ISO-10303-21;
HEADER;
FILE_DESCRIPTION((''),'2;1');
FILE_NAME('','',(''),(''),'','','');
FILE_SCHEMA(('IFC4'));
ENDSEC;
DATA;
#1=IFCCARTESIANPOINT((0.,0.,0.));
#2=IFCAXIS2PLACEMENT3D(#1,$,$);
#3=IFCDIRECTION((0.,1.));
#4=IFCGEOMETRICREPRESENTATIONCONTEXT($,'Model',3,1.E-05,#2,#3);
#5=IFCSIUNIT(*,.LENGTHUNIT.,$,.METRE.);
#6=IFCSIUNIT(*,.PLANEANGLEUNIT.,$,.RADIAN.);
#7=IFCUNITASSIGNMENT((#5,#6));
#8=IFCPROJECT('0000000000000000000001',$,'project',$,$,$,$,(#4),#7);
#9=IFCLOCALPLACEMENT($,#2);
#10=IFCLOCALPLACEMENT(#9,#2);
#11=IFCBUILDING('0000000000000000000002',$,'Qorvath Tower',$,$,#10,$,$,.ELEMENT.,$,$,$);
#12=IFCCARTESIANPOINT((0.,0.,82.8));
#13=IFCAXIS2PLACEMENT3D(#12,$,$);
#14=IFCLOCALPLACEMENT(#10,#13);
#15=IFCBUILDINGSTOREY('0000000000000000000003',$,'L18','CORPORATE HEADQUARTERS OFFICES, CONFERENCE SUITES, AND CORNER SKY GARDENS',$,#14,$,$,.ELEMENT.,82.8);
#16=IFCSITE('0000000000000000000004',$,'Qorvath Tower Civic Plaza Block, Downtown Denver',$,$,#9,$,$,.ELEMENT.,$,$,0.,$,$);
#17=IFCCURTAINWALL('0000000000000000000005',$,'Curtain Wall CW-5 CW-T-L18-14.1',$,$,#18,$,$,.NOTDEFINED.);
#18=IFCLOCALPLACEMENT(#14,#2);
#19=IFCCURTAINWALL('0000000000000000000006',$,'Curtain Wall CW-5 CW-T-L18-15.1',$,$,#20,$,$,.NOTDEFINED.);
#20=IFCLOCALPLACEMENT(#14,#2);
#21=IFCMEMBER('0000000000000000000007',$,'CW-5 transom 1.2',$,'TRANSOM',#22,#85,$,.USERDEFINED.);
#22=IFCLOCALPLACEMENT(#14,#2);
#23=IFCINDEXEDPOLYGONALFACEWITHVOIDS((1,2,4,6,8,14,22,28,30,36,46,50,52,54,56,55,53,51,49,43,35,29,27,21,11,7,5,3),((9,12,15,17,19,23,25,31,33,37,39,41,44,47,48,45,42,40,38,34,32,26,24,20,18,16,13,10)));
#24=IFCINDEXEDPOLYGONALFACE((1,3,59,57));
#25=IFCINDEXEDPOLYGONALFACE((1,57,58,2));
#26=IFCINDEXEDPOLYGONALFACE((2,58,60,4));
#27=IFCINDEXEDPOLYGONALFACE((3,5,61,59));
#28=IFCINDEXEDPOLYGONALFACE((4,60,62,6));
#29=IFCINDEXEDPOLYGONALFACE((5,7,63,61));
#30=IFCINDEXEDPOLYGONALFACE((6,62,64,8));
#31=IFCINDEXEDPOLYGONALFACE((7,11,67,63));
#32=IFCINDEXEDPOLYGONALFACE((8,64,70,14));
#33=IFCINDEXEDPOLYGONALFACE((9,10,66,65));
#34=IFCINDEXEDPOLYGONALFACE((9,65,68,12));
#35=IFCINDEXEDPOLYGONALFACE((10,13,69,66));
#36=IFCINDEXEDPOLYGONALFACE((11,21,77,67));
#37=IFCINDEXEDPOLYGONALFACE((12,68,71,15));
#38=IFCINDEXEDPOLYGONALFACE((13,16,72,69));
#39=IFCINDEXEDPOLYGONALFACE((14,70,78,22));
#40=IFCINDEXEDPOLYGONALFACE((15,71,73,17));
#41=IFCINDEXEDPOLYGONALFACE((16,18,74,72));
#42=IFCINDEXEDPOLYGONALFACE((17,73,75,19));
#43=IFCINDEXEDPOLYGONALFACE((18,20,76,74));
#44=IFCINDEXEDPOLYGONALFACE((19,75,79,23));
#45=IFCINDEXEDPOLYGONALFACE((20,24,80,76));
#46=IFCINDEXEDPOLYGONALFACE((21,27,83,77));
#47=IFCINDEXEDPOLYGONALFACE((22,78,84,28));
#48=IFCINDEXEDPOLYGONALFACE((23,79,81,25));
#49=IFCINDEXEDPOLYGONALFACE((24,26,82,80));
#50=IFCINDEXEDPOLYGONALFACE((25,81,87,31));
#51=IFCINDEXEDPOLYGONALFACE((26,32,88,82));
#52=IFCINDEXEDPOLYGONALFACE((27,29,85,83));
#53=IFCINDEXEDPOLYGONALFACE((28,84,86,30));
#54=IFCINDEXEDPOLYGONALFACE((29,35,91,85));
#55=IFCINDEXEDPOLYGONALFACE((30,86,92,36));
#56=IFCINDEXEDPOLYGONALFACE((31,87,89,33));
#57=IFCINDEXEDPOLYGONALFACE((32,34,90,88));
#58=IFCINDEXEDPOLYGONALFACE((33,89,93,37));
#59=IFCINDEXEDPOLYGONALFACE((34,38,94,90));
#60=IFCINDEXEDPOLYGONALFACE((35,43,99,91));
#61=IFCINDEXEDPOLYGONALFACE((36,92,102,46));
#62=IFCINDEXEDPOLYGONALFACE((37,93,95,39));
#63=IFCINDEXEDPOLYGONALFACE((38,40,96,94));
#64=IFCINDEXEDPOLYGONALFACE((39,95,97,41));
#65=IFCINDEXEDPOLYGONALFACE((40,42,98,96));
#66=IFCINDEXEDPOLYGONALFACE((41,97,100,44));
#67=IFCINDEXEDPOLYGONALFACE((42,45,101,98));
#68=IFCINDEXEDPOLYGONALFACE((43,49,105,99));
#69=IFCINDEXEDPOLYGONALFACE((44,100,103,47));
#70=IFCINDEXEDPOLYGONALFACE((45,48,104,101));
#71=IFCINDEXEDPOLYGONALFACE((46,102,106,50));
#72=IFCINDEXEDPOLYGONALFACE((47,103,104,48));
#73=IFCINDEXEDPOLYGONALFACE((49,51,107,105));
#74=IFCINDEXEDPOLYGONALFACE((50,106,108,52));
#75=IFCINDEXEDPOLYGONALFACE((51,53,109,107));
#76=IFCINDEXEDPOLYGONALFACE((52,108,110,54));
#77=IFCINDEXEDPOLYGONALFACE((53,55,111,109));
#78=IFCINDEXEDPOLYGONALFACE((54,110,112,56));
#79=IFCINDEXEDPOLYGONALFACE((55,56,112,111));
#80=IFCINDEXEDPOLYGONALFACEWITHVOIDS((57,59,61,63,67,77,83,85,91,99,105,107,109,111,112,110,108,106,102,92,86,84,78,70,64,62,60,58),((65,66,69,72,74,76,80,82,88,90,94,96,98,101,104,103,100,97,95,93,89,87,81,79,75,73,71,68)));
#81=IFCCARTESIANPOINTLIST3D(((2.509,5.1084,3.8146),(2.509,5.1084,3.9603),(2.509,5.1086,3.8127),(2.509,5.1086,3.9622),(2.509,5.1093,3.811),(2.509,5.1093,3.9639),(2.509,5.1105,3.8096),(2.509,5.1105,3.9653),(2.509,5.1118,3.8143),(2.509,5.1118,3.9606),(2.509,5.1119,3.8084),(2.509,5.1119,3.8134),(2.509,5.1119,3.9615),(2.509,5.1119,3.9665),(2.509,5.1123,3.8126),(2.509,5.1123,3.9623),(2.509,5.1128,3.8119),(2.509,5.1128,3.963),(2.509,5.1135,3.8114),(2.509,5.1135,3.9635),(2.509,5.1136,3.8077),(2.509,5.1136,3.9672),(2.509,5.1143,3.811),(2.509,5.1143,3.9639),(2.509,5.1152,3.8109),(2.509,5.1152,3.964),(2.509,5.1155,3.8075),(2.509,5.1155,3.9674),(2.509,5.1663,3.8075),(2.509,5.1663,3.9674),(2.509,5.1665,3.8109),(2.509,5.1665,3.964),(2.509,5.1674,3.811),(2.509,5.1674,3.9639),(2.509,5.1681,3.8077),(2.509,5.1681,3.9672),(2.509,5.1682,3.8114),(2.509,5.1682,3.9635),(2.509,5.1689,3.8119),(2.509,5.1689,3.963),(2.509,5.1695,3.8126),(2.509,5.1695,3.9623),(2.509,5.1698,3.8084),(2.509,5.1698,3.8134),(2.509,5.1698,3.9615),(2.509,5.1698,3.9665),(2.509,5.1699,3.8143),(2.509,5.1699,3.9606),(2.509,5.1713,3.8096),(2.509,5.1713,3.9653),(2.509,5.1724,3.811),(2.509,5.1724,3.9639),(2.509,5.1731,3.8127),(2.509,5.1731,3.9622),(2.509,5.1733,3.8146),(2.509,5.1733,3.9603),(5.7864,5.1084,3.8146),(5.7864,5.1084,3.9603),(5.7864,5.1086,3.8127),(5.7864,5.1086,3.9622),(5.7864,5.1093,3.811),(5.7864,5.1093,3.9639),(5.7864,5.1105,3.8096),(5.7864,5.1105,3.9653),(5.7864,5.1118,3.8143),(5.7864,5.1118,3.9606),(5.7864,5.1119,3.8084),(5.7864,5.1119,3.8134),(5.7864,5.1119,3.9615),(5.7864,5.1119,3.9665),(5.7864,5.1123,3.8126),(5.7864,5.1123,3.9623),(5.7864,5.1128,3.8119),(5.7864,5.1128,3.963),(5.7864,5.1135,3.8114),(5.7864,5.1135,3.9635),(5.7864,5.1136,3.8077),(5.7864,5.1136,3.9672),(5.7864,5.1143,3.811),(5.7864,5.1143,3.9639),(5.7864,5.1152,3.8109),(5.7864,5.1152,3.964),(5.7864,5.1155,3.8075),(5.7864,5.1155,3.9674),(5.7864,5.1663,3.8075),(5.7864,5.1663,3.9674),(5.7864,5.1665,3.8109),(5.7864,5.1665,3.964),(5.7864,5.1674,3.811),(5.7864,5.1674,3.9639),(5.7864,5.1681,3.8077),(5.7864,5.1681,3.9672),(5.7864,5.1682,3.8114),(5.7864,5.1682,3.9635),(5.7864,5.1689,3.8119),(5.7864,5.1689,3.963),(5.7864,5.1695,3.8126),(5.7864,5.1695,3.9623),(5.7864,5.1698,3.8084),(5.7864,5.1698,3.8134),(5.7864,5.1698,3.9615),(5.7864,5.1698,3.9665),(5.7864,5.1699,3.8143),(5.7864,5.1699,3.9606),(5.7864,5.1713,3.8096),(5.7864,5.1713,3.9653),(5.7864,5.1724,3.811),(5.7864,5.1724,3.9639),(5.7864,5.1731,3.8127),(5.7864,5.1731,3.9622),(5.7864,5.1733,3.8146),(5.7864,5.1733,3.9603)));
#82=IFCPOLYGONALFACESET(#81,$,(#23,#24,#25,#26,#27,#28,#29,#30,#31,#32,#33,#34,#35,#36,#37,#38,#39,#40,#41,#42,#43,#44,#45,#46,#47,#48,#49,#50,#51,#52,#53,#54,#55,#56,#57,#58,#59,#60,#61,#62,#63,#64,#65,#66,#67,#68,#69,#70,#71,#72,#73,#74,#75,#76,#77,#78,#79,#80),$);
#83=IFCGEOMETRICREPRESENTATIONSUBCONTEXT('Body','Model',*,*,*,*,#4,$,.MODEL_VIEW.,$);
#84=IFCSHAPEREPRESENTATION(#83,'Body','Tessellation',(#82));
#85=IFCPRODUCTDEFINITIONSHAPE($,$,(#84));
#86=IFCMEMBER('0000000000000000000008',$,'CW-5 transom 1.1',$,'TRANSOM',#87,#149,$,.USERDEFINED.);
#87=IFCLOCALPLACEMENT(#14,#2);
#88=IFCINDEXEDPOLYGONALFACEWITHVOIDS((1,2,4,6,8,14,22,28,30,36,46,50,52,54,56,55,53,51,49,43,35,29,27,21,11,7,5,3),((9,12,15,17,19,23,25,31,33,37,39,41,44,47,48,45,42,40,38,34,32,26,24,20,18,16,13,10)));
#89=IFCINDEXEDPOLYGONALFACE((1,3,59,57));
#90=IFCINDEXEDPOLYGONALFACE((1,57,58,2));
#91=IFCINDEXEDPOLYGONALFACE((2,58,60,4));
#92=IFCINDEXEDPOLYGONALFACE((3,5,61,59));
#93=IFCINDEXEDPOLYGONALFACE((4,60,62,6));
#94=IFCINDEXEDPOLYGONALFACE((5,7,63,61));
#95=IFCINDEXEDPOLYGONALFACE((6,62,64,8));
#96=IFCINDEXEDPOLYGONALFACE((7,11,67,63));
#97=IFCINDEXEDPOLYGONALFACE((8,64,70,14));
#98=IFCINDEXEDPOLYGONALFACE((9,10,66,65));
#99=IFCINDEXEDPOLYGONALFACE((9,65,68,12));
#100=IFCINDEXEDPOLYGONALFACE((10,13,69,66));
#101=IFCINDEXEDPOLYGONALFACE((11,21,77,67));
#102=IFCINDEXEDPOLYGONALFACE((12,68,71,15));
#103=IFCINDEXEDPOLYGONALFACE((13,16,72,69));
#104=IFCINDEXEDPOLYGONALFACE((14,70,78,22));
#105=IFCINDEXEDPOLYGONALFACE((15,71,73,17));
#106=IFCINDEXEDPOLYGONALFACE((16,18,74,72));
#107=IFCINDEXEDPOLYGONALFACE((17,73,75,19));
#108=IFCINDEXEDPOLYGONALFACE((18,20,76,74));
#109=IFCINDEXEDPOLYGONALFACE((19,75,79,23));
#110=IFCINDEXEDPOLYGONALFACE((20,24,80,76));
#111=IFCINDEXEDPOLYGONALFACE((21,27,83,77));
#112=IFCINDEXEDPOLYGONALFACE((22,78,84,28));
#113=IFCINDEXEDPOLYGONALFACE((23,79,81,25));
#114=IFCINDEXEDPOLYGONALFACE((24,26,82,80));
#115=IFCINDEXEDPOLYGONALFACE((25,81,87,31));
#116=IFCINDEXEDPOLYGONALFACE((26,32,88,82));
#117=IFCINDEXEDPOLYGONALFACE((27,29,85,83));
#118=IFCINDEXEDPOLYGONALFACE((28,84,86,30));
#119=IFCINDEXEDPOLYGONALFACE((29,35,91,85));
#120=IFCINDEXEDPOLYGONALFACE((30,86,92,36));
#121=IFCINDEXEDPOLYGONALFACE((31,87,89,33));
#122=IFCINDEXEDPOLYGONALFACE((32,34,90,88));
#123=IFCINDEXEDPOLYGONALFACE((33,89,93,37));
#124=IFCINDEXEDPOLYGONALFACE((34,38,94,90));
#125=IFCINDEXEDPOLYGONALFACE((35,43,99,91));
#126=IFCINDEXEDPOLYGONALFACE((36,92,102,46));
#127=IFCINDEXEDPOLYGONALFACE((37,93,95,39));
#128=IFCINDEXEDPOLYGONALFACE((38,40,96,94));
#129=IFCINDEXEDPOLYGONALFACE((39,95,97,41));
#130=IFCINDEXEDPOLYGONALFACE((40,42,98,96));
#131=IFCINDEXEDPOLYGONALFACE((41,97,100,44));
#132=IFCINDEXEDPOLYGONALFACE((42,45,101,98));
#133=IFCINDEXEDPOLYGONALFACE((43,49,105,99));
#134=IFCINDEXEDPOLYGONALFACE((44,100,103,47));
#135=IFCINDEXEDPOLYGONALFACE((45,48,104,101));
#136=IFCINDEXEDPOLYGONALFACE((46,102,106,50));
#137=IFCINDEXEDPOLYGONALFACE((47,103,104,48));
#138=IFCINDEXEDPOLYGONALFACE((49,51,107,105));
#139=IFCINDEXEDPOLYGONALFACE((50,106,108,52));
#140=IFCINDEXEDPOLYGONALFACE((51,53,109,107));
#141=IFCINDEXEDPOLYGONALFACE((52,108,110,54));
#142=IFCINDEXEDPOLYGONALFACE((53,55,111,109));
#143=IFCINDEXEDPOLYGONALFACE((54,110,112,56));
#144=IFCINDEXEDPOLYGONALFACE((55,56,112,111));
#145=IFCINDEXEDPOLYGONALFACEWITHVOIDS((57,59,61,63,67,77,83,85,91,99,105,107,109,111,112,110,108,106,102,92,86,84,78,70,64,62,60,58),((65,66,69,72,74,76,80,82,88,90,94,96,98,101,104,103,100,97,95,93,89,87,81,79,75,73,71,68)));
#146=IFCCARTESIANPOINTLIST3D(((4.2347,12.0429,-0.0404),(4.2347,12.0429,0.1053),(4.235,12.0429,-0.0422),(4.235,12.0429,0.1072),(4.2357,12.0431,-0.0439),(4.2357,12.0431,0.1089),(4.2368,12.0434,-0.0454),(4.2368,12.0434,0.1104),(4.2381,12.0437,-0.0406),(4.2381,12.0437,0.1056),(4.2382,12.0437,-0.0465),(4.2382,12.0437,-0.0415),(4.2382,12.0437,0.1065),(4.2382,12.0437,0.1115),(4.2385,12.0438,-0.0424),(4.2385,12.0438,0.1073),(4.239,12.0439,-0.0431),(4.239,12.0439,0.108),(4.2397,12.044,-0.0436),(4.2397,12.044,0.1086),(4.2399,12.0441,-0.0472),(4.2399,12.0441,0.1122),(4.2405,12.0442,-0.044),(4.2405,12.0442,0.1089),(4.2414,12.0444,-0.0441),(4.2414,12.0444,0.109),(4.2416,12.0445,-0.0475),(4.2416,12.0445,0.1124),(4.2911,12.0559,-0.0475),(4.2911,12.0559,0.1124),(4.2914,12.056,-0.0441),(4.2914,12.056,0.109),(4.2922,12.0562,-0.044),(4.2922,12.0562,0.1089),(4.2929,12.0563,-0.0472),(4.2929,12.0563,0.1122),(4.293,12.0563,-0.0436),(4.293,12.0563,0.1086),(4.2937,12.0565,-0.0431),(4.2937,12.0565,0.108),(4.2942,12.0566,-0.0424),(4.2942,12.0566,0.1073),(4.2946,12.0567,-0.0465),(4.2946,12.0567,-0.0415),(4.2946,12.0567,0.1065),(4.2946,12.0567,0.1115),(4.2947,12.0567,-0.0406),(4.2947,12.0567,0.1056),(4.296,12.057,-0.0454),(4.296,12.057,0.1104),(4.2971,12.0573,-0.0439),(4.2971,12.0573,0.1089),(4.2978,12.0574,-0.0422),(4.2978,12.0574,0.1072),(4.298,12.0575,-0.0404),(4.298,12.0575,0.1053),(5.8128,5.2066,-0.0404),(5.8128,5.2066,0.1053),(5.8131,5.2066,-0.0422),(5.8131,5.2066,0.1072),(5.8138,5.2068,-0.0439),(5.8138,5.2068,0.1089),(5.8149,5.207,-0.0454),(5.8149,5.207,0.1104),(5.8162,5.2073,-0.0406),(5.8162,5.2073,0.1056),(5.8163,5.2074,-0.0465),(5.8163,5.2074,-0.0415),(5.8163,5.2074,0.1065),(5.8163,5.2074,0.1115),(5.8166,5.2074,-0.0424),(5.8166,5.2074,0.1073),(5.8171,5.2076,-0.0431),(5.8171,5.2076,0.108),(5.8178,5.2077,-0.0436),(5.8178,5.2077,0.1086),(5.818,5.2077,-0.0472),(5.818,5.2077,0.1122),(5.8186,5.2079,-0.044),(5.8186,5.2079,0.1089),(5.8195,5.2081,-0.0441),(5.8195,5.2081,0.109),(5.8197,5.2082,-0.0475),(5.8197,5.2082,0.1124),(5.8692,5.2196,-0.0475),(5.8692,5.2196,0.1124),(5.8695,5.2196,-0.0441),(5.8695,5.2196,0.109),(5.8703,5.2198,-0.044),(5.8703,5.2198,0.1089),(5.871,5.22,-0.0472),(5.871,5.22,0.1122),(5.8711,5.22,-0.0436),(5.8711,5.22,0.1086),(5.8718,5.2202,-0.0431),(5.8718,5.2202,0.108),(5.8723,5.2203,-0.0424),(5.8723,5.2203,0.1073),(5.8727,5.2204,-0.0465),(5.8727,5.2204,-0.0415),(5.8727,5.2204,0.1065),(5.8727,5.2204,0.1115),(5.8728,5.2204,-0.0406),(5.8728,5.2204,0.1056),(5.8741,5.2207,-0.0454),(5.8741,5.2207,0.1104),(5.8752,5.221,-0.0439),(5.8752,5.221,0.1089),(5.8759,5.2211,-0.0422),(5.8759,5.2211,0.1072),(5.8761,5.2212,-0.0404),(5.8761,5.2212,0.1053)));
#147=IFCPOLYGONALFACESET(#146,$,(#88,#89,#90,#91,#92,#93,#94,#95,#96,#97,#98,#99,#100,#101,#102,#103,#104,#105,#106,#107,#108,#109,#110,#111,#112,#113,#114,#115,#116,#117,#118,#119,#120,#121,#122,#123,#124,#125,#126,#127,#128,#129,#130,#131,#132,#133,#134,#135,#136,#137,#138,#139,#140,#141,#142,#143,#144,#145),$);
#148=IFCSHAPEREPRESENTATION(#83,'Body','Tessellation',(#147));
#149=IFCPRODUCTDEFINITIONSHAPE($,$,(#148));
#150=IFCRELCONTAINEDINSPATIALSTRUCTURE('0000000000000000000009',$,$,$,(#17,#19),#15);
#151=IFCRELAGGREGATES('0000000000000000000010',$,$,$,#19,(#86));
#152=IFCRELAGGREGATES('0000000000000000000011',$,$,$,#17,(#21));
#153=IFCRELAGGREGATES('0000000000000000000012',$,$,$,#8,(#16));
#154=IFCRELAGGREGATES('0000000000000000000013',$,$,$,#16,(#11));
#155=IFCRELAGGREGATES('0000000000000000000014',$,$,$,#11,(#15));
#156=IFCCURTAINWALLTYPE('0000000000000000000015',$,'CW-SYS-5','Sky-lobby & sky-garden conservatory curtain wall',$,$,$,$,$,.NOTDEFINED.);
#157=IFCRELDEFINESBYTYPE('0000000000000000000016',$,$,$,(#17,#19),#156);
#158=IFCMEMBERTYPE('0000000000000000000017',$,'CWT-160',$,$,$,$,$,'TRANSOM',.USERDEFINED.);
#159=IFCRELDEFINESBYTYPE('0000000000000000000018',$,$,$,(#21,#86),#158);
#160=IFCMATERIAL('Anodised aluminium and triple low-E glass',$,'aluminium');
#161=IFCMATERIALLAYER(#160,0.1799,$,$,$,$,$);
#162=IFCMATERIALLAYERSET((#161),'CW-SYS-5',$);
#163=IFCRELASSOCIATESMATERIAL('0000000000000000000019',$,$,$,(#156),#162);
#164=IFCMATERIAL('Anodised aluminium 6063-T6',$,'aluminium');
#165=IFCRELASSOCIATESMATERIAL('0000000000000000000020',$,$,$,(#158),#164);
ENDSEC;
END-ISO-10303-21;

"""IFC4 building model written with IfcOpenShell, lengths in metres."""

from ifc_helpers import new_model, si_unit, direction, frame, origin, origin_2d, place, context, subcontext, project, spatial, hollow_rectangle, extrude, material, layer, layer_set, material_profile, profile_set, type_object, element, aggregate, save


model = new_model("IFC4")

# Units and contexts
model_context = context("Model", 3, precision=1e-05, world=origin(), true_north=direction((0.0, 1.0)))
body_context = subcontext(model_context, "Body", "Model", "MODEL_VIEW")
ifc_project = project(units=[si_unit("LENGTHUNIT", "METRE"), si_unit("PLANEANGLEUNIT", "RADIAN")], contexts=[model_context])

# Site, building, storey
site_placement = place(None, origin())
site = spatial("IfcSite", under=ifc_project, at=site_placement, Name="Qorvath Tower Civic Plaza Block, Downtown Denver", CompositionType="ELEMENT", RefElevation=0.0)
building_placement = place(site_placement, origin())
building = spatial("IfcBuilding", under=site, at=building_placement, Name="Qorvath Tower", CompositionType="ELEMENT")
storey_placement = place(building_placement, frame((0.0, 0.0, 82.8)))
storey = spatial("IfcBuildingStorey", under=building, at=storey_placement, Name="L18", Description="CORPORATE HEADQUARTERS OFFICES, CONFERENCE SUITES, AND CORNER SKY GARDENS", CompositionType="ELEMENT", Elevation=82.8)

# Curtain wall
ifc_material_1 = material(Name="Anodised aluminium and triple low-E glass", Category="aluminium")
ifc_layer_1 = layer(ifc_material_1, 0.1799)
ifc_layer_set_1 = layer_set([ifc_layer_1], Name="CW-SYS-5")
curtain_wall_type = type_object("IfcCurtainWallType", Name="CW-SYS-5", Description="Sky-lobby & sky-garden conservatory curtain wall", PredefinedType="NOTDEFINED", material=ifc_layer_set_1)
curtain_wall_1_placement = place(storey_placement, origin())
curtain_wall_1 = element("IfcCurtainWall", 1, at=curtain_wall_1_placement, inside=storey, type_object=curtain_wall_type, Name="Curtain Wall CW-5 CW-T-L18-14.1", PredefinedType="NOTDEFINED")

# Curtain wall
curtain_wall_2_placement = place(storey_placement, origin())
curtain_wall_2 = element("IfcCurtainWall", 2, at=curtain_wall_2_placement, inside=storey, type_object=curtain_wall_type, Name="Curtain Wall CW-5 CW-T-L18-15.1", PredefinedType="NOTDEFINED")

# Members
ifc_material_2 = material(Name="Anodised aluminium 6063-T6", Category="aluminium")
ifc_material_profile_1 = material_profile(ifc_material_2, hollow_rectangle(XDim=0.0649, YDim=0.1599, WallThickness=0.0034, InnerFilletRadius=0.0034, OuterFilletRadius=0.0071, at=origin_2d()), Name="CWT 160x65")
ifc_profile_set_1 = profile_set([ifc_material_profile_1], Name="Anodised aluminium 6063-T6")
member_type_1 = type_object("IfcMemberType", Name="CWT-160", ElementType="TRANSOM", PredefinedType="USERDEFINED", material=ifc_profile_set_1)
member_1_placement = place(storey_placement, frame((2.509, 5.1409, 3.8875), z_axis=(1.0, 0.0, 0.0), x_axis=(0.0, 1.0, 0.0)))
member_1 = element("IfcMember", 3, at=member_1_placement, type_object=member_type_1, Name="CW-5 transom 1.2", ObjectType="TRANSOM", PredefinedType="USERDEFINED", context=body_context, shape_type="SweptSolid", body=[
    extrude(hollow_rectangle(XDim=0.0649, YDim=0.1599, WallThickness=0.0034, InnerFilletRadius=0.0034, OuterFilletRadius=0.0071, at=origin_2d()), origin(), (0.0, 0.0, 1.0), 3.2773),
])
member_2_placement = place(storey_placement, frame((5.8445, 5.2139, 0.0325), z_axis=(-0.224926, 0.974376, 0.0), x_axis=(-0.974376, -0.224926, 0.0)))
member_2 = element("IfcMember", 4, at=member_2_placement, type_object=member_type_1, Name="CW-5 transom 1.1", ObjectType="TRANSOM", PredefinedType="USERDEFINED", context=body_context, shape_type="SweptSolid", body=[
    extrude(hollow_rectangle(XDim=0.0649, YDim=0.1599, WallThickness=0.0034, InnerFilletRadius=0.0034, OuterFilletRadius=0.0071, at=origin_2d()), origin(), (0.0, 0.0, 1.0), 7.0161),
])
aggregate(curtain_wall_2, [member_2])

aggregate(curtain_wall_1, [member_1])

save(model, "model.ifc")
